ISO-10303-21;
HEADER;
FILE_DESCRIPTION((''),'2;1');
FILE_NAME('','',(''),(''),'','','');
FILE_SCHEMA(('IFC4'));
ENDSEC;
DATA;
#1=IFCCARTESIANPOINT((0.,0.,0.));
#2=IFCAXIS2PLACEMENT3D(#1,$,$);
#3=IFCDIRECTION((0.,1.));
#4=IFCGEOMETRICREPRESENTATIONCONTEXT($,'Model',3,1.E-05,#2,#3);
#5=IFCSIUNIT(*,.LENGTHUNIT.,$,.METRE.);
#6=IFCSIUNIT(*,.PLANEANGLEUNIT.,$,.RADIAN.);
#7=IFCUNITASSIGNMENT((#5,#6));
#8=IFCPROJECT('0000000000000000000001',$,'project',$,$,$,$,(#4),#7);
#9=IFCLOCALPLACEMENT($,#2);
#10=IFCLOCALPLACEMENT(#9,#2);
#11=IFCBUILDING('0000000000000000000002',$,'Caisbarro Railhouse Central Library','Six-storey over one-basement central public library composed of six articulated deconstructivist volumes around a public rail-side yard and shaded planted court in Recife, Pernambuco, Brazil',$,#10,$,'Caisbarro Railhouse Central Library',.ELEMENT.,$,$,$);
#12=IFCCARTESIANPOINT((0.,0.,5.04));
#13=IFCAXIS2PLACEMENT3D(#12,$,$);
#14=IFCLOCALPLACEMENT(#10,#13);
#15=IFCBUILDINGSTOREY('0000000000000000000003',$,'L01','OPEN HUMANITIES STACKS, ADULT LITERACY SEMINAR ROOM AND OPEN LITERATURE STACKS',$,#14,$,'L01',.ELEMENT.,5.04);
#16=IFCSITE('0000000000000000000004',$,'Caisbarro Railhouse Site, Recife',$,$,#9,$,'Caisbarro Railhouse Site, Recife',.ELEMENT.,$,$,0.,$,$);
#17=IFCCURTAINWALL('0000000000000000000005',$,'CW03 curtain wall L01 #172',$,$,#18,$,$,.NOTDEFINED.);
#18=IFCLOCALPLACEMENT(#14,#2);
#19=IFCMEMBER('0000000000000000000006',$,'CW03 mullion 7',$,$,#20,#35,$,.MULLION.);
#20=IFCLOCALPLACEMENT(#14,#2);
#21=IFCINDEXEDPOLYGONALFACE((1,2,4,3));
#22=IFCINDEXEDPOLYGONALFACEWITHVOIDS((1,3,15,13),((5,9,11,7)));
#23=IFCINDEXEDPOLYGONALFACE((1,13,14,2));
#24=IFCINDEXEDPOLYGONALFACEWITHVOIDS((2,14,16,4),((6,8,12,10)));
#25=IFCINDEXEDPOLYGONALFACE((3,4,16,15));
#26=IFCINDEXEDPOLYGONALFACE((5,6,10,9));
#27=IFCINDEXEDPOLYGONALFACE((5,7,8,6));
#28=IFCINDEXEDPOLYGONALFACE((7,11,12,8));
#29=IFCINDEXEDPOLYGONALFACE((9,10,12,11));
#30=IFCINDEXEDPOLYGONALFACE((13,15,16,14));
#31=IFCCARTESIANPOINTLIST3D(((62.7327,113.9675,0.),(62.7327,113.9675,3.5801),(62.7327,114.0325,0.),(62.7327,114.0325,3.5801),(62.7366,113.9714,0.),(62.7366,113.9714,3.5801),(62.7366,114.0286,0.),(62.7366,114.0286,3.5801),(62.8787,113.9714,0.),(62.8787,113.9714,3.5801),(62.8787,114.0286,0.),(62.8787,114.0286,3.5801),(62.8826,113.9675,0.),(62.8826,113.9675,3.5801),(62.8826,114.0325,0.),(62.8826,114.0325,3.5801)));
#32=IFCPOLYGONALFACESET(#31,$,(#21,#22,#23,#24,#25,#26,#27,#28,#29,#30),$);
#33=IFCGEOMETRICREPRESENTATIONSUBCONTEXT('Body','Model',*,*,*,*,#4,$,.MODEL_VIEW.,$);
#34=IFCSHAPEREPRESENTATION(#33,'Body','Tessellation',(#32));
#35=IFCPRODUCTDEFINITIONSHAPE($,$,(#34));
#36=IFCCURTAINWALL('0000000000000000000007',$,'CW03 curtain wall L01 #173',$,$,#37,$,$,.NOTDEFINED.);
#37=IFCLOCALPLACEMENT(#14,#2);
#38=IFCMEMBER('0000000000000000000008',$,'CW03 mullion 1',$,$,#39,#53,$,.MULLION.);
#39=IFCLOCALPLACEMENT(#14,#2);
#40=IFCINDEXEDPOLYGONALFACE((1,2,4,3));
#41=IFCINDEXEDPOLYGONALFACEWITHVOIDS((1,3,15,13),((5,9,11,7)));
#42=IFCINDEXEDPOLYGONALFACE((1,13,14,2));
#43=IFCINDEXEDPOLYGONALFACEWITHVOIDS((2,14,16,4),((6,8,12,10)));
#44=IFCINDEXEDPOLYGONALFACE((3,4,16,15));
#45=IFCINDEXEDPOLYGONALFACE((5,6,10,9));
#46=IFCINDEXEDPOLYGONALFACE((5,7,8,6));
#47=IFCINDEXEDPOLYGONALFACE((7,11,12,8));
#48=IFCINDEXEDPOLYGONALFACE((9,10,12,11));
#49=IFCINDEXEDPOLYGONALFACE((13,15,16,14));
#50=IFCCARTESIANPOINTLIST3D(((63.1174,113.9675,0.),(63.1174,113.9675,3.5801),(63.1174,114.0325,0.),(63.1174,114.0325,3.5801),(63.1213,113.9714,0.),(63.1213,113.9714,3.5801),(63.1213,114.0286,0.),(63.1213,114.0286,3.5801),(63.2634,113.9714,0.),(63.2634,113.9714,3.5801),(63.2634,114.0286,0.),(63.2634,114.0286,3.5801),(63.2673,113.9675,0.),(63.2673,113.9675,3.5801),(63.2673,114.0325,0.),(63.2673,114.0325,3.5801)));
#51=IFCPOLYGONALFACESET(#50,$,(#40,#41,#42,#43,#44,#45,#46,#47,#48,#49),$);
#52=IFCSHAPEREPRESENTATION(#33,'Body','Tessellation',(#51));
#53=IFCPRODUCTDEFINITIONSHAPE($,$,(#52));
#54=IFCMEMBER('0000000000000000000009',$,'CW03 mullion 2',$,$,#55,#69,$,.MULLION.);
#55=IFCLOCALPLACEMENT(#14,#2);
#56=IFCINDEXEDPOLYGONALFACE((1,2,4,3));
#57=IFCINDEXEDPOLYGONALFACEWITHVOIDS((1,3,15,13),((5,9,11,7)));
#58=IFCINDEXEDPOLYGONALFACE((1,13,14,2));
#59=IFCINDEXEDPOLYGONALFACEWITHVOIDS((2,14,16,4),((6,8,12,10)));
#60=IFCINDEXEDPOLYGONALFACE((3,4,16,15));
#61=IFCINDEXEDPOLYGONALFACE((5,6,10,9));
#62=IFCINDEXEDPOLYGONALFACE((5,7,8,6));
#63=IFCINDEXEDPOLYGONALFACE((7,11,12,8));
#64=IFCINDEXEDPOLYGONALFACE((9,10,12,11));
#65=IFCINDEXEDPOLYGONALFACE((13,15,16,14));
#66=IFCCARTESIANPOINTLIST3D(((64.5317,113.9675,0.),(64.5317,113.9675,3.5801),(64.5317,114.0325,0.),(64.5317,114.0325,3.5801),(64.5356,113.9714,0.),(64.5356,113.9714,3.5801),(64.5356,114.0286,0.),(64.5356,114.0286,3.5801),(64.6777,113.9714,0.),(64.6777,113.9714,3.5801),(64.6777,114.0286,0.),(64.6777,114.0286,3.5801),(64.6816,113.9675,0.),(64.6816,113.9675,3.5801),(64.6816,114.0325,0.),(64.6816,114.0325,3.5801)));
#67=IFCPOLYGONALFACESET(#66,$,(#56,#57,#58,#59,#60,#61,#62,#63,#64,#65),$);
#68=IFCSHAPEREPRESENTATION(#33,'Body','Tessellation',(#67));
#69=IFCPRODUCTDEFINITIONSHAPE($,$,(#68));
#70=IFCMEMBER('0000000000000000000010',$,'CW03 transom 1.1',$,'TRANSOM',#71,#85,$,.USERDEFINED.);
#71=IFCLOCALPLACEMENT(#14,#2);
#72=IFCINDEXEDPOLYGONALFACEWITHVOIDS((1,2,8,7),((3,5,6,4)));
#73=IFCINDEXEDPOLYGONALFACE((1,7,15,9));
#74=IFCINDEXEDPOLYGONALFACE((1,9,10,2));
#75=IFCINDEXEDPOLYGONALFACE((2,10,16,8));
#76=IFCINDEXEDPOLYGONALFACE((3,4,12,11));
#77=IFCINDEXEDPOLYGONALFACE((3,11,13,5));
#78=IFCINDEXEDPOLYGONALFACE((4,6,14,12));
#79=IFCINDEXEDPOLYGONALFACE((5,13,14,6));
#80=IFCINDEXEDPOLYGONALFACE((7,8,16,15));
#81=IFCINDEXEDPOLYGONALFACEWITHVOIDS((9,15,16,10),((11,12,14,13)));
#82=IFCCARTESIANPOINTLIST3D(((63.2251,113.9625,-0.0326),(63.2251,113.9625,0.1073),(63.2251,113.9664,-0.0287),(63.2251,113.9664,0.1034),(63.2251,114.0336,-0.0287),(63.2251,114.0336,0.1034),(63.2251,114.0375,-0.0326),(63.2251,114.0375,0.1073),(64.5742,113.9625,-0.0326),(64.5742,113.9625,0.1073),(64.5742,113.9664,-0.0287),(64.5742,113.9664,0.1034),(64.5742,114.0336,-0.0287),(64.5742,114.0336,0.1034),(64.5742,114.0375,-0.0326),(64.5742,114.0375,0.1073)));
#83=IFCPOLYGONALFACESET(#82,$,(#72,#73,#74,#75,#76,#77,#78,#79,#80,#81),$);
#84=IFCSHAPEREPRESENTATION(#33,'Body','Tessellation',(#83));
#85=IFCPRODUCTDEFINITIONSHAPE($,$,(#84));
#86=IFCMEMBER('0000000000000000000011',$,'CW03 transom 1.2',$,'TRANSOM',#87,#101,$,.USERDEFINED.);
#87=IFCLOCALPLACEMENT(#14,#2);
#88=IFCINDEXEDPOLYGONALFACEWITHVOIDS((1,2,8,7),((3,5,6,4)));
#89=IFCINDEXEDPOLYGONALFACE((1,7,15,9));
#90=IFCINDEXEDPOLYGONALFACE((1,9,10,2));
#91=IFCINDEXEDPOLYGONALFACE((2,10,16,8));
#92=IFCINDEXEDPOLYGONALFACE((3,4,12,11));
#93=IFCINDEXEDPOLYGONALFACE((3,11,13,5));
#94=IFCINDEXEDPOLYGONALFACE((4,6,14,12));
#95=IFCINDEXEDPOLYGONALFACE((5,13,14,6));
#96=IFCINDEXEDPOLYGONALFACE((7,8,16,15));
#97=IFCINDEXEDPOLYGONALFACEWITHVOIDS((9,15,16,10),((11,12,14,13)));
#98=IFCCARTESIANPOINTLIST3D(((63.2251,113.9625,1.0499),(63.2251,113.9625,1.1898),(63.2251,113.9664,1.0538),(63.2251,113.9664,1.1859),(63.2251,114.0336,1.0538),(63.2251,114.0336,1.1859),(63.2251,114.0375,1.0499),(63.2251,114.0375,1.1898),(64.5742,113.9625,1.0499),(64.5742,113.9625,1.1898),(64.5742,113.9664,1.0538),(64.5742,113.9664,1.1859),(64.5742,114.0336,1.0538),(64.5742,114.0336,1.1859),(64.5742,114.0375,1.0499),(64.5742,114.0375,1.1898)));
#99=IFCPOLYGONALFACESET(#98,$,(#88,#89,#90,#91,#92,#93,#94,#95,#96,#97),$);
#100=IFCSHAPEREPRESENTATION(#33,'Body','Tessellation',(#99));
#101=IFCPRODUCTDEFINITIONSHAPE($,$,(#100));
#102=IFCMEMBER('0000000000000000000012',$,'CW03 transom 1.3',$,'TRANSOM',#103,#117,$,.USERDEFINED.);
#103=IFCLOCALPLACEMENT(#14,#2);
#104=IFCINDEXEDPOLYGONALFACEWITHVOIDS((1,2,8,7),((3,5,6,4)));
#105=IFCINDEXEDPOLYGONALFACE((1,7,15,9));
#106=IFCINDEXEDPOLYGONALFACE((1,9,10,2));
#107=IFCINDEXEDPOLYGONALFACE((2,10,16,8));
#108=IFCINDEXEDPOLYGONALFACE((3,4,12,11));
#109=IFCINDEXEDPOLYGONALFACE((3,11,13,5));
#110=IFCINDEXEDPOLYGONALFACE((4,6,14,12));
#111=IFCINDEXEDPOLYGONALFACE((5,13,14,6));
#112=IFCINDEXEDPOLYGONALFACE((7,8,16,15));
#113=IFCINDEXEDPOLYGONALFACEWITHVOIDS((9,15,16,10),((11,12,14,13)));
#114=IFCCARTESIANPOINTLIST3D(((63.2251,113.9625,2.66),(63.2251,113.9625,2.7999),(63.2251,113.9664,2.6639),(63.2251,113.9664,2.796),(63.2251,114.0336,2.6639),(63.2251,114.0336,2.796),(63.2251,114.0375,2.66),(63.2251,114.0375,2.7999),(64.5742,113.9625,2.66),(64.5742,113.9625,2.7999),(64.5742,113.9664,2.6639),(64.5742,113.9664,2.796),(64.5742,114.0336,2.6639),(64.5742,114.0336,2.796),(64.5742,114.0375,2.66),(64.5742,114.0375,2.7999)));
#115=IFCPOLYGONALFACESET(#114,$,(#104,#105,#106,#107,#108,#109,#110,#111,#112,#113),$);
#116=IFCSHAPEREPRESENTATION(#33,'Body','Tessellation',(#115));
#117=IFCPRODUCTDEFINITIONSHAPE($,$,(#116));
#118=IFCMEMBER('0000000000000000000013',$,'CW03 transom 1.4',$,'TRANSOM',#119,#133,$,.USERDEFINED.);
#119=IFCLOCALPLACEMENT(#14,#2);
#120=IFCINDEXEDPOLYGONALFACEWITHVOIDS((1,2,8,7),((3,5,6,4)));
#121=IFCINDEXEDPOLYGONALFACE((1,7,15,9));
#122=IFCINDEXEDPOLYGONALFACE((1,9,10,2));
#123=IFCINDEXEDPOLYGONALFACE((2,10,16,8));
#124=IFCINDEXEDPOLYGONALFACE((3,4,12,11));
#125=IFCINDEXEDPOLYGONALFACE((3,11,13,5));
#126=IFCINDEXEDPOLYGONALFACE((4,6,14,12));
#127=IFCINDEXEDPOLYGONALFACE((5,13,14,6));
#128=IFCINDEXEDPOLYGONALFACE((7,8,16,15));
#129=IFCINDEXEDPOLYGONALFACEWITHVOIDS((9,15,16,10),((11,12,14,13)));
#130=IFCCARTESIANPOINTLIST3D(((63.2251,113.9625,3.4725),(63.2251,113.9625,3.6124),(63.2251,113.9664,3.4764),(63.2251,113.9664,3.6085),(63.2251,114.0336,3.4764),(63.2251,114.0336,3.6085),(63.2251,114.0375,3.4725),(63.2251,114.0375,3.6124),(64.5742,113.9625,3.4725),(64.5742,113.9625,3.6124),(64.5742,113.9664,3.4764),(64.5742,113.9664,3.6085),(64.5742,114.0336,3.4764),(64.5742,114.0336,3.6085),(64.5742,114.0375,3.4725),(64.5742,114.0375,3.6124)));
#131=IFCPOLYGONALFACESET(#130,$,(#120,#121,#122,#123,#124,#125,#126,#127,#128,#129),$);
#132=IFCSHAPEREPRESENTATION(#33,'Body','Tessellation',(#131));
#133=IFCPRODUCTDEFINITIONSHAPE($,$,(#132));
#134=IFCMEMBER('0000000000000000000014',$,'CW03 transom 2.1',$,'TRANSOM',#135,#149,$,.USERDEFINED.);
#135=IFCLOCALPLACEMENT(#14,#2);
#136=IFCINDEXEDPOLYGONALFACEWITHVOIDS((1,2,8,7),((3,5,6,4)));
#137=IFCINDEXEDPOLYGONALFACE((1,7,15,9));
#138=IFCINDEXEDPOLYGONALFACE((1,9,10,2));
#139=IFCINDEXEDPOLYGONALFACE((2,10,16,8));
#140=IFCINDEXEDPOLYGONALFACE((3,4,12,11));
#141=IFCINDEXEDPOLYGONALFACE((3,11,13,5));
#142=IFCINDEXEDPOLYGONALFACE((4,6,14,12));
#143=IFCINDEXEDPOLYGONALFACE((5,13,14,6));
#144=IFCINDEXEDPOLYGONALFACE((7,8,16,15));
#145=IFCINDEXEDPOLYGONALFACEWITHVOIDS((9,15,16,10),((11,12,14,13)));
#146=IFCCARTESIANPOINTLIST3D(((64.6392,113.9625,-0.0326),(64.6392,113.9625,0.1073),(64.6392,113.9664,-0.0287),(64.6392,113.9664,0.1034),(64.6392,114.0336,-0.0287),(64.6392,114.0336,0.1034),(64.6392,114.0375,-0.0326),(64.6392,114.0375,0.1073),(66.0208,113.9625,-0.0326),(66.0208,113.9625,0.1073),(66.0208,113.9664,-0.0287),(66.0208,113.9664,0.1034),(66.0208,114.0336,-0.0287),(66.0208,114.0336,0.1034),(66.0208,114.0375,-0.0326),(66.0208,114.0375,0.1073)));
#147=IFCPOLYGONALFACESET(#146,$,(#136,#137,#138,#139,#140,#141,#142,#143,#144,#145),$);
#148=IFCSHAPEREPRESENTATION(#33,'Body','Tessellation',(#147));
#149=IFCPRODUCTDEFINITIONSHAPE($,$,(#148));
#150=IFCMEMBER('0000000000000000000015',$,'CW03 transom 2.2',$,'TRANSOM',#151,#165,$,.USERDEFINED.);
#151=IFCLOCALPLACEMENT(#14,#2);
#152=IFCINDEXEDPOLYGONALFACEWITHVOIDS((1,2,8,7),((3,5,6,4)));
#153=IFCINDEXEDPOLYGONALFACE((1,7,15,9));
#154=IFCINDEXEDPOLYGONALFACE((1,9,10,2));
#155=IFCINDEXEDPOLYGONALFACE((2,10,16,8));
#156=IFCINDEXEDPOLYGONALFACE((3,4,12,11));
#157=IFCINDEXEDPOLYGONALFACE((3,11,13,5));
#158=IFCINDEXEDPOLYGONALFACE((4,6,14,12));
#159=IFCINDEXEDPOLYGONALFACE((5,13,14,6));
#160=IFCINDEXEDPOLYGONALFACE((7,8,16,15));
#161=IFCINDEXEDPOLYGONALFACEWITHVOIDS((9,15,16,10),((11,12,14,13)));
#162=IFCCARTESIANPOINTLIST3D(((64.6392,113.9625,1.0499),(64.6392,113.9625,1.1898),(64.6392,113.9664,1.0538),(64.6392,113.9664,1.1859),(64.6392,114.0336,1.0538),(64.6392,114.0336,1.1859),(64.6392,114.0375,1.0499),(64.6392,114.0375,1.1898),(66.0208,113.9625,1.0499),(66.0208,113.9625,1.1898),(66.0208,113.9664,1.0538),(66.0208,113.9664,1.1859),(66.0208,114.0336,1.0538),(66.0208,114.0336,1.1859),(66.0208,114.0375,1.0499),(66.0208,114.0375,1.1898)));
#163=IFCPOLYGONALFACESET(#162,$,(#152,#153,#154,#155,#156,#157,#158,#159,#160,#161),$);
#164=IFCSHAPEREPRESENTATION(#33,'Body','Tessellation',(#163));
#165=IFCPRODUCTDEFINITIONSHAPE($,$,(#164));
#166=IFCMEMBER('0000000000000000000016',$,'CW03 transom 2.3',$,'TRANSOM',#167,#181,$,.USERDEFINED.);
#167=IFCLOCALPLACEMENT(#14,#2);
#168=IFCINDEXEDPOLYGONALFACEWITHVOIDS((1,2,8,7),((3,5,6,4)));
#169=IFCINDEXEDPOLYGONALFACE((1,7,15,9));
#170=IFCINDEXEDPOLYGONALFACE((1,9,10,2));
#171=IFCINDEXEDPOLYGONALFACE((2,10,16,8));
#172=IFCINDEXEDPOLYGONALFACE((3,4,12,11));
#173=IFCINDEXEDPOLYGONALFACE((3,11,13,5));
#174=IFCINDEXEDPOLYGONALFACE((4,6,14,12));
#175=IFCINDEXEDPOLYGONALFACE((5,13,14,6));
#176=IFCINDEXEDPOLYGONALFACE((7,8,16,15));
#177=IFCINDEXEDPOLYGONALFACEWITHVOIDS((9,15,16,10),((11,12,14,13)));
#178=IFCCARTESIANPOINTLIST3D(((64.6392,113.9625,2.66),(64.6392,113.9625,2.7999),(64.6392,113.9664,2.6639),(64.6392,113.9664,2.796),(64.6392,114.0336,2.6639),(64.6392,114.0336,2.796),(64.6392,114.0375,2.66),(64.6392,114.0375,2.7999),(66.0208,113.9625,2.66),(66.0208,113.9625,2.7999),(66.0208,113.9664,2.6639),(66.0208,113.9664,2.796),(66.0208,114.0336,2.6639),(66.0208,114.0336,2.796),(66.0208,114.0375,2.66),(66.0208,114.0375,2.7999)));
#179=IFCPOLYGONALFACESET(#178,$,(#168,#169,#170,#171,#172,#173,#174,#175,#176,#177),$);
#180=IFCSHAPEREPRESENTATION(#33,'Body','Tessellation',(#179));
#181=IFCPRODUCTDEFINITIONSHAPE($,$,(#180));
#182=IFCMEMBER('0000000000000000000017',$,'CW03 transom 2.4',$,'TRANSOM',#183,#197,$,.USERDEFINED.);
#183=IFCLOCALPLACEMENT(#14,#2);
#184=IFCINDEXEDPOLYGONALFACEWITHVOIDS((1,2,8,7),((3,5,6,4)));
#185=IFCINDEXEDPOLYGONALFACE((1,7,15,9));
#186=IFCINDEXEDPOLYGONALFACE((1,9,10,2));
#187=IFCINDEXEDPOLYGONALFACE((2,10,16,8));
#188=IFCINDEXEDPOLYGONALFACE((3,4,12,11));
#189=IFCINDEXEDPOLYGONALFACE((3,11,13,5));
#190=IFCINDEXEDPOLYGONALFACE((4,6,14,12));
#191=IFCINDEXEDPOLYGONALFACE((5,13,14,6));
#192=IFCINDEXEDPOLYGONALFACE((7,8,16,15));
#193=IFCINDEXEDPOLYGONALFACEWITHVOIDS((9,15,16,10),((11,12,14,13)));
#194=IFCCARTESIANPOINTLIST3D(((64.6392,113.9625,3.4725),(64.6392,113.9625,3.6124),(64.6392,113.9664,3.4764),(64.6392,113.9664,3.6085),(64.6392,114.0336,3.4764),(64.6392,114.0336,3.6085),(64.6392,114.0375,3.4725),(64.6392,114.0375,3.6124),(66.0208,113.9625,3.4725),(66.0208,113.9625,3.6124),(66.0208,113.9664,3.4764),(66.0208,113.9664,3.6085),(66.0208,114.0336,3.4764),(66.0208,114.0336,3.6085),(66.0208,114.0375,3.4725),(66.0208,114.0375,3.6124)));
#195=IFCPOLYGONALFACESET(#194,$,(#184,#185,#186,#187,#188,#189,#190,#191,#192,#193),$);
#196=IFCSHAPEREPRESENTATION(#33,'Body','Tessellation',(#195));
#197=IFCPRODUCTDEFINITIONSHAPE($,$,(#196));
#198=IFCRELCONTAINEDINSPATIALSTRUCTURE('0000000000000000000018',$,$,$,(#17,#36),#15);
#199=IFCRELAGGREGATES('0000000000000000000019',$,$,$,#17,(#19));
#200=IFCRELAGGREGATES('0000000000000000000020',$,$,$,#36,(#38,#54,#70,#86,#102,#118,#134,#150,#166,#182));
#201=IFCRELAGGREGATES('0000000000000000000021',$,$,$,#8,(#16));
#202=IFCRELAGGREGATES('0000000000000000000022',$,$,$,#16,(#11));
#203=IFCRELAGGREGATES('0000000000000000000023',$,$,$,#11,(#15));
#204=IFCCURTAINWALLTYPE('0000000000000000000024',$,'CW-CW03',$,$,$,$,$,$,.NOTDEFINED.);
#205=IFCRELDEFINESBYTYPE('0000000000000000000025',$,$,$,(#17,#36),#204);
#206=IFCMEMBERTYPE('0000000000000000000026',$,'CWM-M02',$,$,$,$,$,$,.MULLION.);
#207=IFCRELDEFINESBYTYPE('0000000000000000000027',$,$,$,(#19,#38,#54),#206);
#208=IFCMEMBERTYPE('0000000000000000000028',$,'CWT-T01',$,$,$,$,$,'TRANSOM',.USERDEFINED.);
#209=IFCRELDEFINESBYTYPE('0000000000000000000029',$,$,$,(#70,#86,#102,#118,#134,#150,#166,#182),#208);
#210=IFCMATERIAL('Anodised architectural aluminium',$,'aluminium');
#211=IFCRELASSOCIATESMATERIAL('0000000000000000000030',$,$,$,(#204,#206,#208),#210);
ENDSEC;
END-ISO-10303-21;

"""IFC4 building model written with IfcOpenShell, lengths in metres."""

from ifc_helpers import new_model, si_unit, direction, frame, origin, origin_2d, place, context, subcontext, project, spatial, hollow_rectangle, extrude, material, material_profile, profile_set, type_object, element, aggregate, save


model = new_model("IFC4")

# Units and contexts
model_context = context("Model", 3, precision=1e-05, world=origin(), true_north=direction((0.0, 1.0)))
body_context = subcontext(model_context, "Body", "Model", "MODEL_VIEW")
ifc_project = project(units=[si_unit("LENGTHUNIT", "METRE"), si_unit("PLANEANGLEUNIT", "RADIAN")], contexts=[model_context])

# Site, building, storey
site_placement = place(None, origin())
site = spatial("IfcSite", under=ifc_project, at=site_placement, Name="Caisbarro Railhouse Site, Recife", LongName="Caisbarro Railhouse Site, Recife", CompositionType="ELEMENT", RefElevation=0.0)
building_placement = place(site_placement, origin())
building = spatial("IfcBuilding", under=site, at=building_placement, Name="Caisbarro Railhouse Central Library", Description="Six-storey over one-basement central public library composed of six articulated deconstructivist volumes around a public rail-side yard and shaded planted court in Recife, Pernambuco, Brazil", LongName="Caisbarro Railhouse Central Library", CompositionType="ELEMENT")
storey_placement = place(building_placement, frame((0.0, 0.0, 5.04)))
storey = spatial("IfcBuildingStorey", under=building, at=storey_placement, Name="L01", Description="OPEN HUMANITIES STACKS, ADULT LITERACY SEMINAR ROOM AND OPEN LITERATURE STACKS", LongName="L01", CompositionType="ELEMENT", Elevation=5.04)

# Curtain wall, member
ifc_material_1 = material(Name="Anodised architectural aluminium", Category="aluminium")
curtain_wall_type = type_object("IfcCurtainWallType", Name="CW-CW03", PredefinedType="NOTDEFINED", material=ifc_material_1)
curtain_wall_1_placement = place(storey_placement, origin())
curtain_wall_1 = element("IfcCurtainWall", 1, at=curtain_wall_1_placement, inside=storey, type_object=curtain_wall_type, Name="CW03 curtain wall L01 #172", PredefinedType="NOTDEFINED")
ifc_material_profile_1 = material_profile(ifc_material_1, hollow_rectangle(XDim=0.0649, YDim=0.1499, WallThickness=0.0039, at=origin_2d()), Name="ALU-MUL-65X150")
ifc_profile_set_1 = profile_set([ifc_material_profile_1], Name="Anodised architectural aluminium")
member_type_1 = type_object("IfcMemberType", Name="CWM-M02", PredefinedType="MULLION", material=ifc_profile_set_1)
member_1_placement = place(storey_placement, frame((62.8076, 114.0, 0.0), z_axis=(0.0, 0.0, 1.0), x_axis=(0.0, 1.0, 0.0)))
member_1 = element("IfcMember", 2, at=member_1_placement, type_object=member_type_1, Name="CW03 mullion 7", PredefinedType="MULLION", context=body_context, shape_type="SweptSolid", body=[
    extrude(hollow_rectangle(XDim=0.0649, YDim=0.1499, WallThickness=0.0039, at=origin_2d()), origin(), (0.0, 0.0, 1.0), 3.5801),
])
aggregate(curtain_wall_1, [member_1])

# Curtain wall, members
curtain_wall_2_placement = place(storey_placement, origin())
curtain_wall_2 = element("IfcCurtainWall", 3, at=curtain_wall_2_placement, inside=storey, type_object=curtain_wall_type, Name="CW03 curtain wall L01 #173", PredefinedType="NOTDEFINED")
member_2_placement = place(storey_placement, frame((63.1924, 114.0, 0.0), z_axis=(0.0, 0.0, 1.0), x_axis=(0.0, 1.0, 0.0)))
member_2 = element("IfcMember", 4, at=member_2_placement, type_object=member_type_1, Name="CW03 mullion 1", PredefinedType="MULLION", context=body_context, shape_type="SweptSolid", body=[
    extrude(hollow_rectangle(XDim=0.0649, YDim=0.1499, WallThickness=0.0039, at=origin_2d()), origin(), (0.0, 0.0, 1.0), 3.5801),
])
member_3_placement = place(storey_placement, frame((64.6067, 114.0, 0.0), z_axis=(0.0, 0.0, 1.0), x_axis=(0.0, 1.0, 0.0)))
member_3 = element("IfcMember", 5, at=member_3_placement, type_object=member_type_1, Name="CW03 mullion 2", PredefinedType="MULLION", context=body_context, shape_type="SweptSolid", body=[
    extrude(hollow_rectangle(XDim=0.0649, YDim=0.1499, WallThickness=0.0039, at=origin_2d()), origin(), (0.0, 0.0, 1.0), 3.5801),
])
ifc_material_profile_2 = material_profile(ifc_material_1, hollow_rectangle(XDim=0.075, YDim=0.1399, WallThickness=0.0039, at=origin_2d()), Name="ALU-TRN-75X140")
ifc_profile_set_2 = profile_set([ifc_material_profile_2], Name="Anodised architectural aluminium")
member_type_2 = type_object("IfcMemberType", Name="CWT-T01", ElementType="TRANSOM", PredefinedType="USERDEFINED", material=ifc_profile_set_2)
member_4_placement = place(storey_placement, frame((63.2251, 114.0, 0.0374), z_axis=(1.0, 0.0, 0.0), x_axis=(0.0, 1.0, 0.0)))
member_4 = element("IfcMember", 6, at=member_4_placement, type_object=member_type_2, Name="CW03 transom 1.1", ObjectType="TRANSOM", PredefinedType="USERDEFINED", context=body_context, shape_type="SweptSolid", body=[
    extrude(hollow_rectangle(XDim=0.075, YDim=0.1399, WallThickness=0.0039, at=origin_2d()), origin(), (0.0, 0.0, 1.0), 1.3491),
])
member_5_placement = place(storey_placement, frame((63.2251, 114.0, 1.1199), z_axis=(1.0, 0.0, 0.0), x_axis=(0.0, 1.0, 0.0)))
member_5 = element("IfcMember", 7, at=member_5_placement, type_object=member_type_2, Name="CW03 transom 1.2", ObjectType="TRANSOM", PredefinedType="USERDEFINED", context=body_context, shape_type="SweptSolid", body=[
    extrude(hollow_rectangle(XDim=0.075, YDim=0.1399, WallThickness=0.0039, at=origin_2d()), origin(), (0.0, 0.0, 1.0), 1.3491),
])
member_6_placement = place(storey_placement, frame((63.2251, 114.0, 2.73), z_axis=(1.0, 0.0, 0.0), x_axis=(0.0, 1.0, 0.0)))
member_6 = element("IfcMember", 8, at=member_6_placement, type_object=member_type_2, Name="CW03 transom 1.3", ObjectType="TRANSOM", PredefinedType="USERDEFINED", context=body_context, shape_type="SweptSolid", body=[
    extrude(hollow_rectangle(XDim=0.075, YDim=0.1399, WallThickness=0.0039, at=origin_2d()), origin(), (0.0, 0.0, 1.0), 1.3491),
])
member_7_placement = place(storey_placement, frame((63.2251, 114.0, 3.5425), z_axis=(1.0, 0.0, 0.0), x_axis=(0.0, 1.0, 0.0)))
member_7 = element("IfcMember", 9, at=member_7_placement, type_object=member_type_2, Name="CW03 transom 1.4", ObjectType="TRANSOM", PredefinedType="USERDEFINED", context=body_context, shape_type="SweptSolid", body=[
    extrude(hollow_rectangle(XDim=0.075, YDim=0.1399, WallThickness=0.0039, at=origin_2d()), origin(), (0.0, 0.0, 1.0), 1.3491),
])
member_8_placement = place(storey_placement, frame((64.6392, 114.0, 0.0374), z_axis=(1.0, 0.0, 0.0), x_axis=(0.0, 1.0, 0.0)))
member_8 = element("IfcMember", 10, at=member_8_placement, type_object=member_type_2, Name="CW03 transom 2.1", ObjectType="TRANSOM", PredefinedType="USERDEFINED", context=body_context, shape_type="SweptSolid", body=[
    extrude(hollow_rectangle(XDim=0.075, YDim=0.1399, WallThickness=0.0039, at=origin_2d()), origin(), (0.0, 0.0, 1.0), 1.3816),
])
member_9_placement = place(storey_placement, frame((64.6392, 114.0, 1.1199), z_axis=(1.0, 0.0, 0.0), x_axis=(0.0, 1.0, 0.0)))
member_9 = element("IfcMember", 11, at=member_9_placement, type_object=member_type_2, Name="CW03 transom 2.2", ObjectType="TRANSOM", PredefinedType="USERDEFINED", context=body_context, shape_type="SweptSolid", body=[
    extrude(hollow_rectangle(XDim=0.075, YDim=0.1399, WallThickness=0.0039, at=origin_2d()), origin(), (0.0, 0.0, 1.0), 1.3816),
])
member_10_placement = place(storey_placement, frame((64.6392, 114.0, 2.73), z_axis=(1.0, 0.0, 0.0), x_axis=(0.0, 1.0, 0.0)))
member_10 = element("IfcMember", 12, at=member_10_placement, type_object=member_type_2, Name="CW03 transom 2.3", ObjectType="TRANSOM", PredefinedType="USERDEFINED", context=body_context, shape_type="SweptSolid", body=[
    extrude(hollow_rectangle(XDim=0.075, YDim=0.1399, WallThickness=0.0039, at=origin_2d()), origin(), (0.0, 0.0, 1.0), 1.3816),
])
member_11_placement = place(storey_placement, frame((64.6392, 114.0, 3.5425), z_axis=(1.0, 0.0, 0.0), x_axis=(0.0, 1.0, 0.0)))
member_11 = element("IfcMember", 13, at=member_11_placement, type_object=member_type_2, Name="CW03 transom 2.4", ObjectType="TRANSOM", PredefinedType="USERDEFINED", context=body_context, shape_type="SweptSolid", body=[
    extrude(hollow_rectangle(XDim=0.075, YDim=0.1399, WallThickness=0.0039, at=origin_2d()), origin(), (0.0, 0.0, 1.0), 1.3816),
])
aggregate(curtain_wall_2, [member_2, member_3, member_4, member_5, member_6, member_7, member_8, member_9, member_10, member_11])

save(model, "model.ifc")
